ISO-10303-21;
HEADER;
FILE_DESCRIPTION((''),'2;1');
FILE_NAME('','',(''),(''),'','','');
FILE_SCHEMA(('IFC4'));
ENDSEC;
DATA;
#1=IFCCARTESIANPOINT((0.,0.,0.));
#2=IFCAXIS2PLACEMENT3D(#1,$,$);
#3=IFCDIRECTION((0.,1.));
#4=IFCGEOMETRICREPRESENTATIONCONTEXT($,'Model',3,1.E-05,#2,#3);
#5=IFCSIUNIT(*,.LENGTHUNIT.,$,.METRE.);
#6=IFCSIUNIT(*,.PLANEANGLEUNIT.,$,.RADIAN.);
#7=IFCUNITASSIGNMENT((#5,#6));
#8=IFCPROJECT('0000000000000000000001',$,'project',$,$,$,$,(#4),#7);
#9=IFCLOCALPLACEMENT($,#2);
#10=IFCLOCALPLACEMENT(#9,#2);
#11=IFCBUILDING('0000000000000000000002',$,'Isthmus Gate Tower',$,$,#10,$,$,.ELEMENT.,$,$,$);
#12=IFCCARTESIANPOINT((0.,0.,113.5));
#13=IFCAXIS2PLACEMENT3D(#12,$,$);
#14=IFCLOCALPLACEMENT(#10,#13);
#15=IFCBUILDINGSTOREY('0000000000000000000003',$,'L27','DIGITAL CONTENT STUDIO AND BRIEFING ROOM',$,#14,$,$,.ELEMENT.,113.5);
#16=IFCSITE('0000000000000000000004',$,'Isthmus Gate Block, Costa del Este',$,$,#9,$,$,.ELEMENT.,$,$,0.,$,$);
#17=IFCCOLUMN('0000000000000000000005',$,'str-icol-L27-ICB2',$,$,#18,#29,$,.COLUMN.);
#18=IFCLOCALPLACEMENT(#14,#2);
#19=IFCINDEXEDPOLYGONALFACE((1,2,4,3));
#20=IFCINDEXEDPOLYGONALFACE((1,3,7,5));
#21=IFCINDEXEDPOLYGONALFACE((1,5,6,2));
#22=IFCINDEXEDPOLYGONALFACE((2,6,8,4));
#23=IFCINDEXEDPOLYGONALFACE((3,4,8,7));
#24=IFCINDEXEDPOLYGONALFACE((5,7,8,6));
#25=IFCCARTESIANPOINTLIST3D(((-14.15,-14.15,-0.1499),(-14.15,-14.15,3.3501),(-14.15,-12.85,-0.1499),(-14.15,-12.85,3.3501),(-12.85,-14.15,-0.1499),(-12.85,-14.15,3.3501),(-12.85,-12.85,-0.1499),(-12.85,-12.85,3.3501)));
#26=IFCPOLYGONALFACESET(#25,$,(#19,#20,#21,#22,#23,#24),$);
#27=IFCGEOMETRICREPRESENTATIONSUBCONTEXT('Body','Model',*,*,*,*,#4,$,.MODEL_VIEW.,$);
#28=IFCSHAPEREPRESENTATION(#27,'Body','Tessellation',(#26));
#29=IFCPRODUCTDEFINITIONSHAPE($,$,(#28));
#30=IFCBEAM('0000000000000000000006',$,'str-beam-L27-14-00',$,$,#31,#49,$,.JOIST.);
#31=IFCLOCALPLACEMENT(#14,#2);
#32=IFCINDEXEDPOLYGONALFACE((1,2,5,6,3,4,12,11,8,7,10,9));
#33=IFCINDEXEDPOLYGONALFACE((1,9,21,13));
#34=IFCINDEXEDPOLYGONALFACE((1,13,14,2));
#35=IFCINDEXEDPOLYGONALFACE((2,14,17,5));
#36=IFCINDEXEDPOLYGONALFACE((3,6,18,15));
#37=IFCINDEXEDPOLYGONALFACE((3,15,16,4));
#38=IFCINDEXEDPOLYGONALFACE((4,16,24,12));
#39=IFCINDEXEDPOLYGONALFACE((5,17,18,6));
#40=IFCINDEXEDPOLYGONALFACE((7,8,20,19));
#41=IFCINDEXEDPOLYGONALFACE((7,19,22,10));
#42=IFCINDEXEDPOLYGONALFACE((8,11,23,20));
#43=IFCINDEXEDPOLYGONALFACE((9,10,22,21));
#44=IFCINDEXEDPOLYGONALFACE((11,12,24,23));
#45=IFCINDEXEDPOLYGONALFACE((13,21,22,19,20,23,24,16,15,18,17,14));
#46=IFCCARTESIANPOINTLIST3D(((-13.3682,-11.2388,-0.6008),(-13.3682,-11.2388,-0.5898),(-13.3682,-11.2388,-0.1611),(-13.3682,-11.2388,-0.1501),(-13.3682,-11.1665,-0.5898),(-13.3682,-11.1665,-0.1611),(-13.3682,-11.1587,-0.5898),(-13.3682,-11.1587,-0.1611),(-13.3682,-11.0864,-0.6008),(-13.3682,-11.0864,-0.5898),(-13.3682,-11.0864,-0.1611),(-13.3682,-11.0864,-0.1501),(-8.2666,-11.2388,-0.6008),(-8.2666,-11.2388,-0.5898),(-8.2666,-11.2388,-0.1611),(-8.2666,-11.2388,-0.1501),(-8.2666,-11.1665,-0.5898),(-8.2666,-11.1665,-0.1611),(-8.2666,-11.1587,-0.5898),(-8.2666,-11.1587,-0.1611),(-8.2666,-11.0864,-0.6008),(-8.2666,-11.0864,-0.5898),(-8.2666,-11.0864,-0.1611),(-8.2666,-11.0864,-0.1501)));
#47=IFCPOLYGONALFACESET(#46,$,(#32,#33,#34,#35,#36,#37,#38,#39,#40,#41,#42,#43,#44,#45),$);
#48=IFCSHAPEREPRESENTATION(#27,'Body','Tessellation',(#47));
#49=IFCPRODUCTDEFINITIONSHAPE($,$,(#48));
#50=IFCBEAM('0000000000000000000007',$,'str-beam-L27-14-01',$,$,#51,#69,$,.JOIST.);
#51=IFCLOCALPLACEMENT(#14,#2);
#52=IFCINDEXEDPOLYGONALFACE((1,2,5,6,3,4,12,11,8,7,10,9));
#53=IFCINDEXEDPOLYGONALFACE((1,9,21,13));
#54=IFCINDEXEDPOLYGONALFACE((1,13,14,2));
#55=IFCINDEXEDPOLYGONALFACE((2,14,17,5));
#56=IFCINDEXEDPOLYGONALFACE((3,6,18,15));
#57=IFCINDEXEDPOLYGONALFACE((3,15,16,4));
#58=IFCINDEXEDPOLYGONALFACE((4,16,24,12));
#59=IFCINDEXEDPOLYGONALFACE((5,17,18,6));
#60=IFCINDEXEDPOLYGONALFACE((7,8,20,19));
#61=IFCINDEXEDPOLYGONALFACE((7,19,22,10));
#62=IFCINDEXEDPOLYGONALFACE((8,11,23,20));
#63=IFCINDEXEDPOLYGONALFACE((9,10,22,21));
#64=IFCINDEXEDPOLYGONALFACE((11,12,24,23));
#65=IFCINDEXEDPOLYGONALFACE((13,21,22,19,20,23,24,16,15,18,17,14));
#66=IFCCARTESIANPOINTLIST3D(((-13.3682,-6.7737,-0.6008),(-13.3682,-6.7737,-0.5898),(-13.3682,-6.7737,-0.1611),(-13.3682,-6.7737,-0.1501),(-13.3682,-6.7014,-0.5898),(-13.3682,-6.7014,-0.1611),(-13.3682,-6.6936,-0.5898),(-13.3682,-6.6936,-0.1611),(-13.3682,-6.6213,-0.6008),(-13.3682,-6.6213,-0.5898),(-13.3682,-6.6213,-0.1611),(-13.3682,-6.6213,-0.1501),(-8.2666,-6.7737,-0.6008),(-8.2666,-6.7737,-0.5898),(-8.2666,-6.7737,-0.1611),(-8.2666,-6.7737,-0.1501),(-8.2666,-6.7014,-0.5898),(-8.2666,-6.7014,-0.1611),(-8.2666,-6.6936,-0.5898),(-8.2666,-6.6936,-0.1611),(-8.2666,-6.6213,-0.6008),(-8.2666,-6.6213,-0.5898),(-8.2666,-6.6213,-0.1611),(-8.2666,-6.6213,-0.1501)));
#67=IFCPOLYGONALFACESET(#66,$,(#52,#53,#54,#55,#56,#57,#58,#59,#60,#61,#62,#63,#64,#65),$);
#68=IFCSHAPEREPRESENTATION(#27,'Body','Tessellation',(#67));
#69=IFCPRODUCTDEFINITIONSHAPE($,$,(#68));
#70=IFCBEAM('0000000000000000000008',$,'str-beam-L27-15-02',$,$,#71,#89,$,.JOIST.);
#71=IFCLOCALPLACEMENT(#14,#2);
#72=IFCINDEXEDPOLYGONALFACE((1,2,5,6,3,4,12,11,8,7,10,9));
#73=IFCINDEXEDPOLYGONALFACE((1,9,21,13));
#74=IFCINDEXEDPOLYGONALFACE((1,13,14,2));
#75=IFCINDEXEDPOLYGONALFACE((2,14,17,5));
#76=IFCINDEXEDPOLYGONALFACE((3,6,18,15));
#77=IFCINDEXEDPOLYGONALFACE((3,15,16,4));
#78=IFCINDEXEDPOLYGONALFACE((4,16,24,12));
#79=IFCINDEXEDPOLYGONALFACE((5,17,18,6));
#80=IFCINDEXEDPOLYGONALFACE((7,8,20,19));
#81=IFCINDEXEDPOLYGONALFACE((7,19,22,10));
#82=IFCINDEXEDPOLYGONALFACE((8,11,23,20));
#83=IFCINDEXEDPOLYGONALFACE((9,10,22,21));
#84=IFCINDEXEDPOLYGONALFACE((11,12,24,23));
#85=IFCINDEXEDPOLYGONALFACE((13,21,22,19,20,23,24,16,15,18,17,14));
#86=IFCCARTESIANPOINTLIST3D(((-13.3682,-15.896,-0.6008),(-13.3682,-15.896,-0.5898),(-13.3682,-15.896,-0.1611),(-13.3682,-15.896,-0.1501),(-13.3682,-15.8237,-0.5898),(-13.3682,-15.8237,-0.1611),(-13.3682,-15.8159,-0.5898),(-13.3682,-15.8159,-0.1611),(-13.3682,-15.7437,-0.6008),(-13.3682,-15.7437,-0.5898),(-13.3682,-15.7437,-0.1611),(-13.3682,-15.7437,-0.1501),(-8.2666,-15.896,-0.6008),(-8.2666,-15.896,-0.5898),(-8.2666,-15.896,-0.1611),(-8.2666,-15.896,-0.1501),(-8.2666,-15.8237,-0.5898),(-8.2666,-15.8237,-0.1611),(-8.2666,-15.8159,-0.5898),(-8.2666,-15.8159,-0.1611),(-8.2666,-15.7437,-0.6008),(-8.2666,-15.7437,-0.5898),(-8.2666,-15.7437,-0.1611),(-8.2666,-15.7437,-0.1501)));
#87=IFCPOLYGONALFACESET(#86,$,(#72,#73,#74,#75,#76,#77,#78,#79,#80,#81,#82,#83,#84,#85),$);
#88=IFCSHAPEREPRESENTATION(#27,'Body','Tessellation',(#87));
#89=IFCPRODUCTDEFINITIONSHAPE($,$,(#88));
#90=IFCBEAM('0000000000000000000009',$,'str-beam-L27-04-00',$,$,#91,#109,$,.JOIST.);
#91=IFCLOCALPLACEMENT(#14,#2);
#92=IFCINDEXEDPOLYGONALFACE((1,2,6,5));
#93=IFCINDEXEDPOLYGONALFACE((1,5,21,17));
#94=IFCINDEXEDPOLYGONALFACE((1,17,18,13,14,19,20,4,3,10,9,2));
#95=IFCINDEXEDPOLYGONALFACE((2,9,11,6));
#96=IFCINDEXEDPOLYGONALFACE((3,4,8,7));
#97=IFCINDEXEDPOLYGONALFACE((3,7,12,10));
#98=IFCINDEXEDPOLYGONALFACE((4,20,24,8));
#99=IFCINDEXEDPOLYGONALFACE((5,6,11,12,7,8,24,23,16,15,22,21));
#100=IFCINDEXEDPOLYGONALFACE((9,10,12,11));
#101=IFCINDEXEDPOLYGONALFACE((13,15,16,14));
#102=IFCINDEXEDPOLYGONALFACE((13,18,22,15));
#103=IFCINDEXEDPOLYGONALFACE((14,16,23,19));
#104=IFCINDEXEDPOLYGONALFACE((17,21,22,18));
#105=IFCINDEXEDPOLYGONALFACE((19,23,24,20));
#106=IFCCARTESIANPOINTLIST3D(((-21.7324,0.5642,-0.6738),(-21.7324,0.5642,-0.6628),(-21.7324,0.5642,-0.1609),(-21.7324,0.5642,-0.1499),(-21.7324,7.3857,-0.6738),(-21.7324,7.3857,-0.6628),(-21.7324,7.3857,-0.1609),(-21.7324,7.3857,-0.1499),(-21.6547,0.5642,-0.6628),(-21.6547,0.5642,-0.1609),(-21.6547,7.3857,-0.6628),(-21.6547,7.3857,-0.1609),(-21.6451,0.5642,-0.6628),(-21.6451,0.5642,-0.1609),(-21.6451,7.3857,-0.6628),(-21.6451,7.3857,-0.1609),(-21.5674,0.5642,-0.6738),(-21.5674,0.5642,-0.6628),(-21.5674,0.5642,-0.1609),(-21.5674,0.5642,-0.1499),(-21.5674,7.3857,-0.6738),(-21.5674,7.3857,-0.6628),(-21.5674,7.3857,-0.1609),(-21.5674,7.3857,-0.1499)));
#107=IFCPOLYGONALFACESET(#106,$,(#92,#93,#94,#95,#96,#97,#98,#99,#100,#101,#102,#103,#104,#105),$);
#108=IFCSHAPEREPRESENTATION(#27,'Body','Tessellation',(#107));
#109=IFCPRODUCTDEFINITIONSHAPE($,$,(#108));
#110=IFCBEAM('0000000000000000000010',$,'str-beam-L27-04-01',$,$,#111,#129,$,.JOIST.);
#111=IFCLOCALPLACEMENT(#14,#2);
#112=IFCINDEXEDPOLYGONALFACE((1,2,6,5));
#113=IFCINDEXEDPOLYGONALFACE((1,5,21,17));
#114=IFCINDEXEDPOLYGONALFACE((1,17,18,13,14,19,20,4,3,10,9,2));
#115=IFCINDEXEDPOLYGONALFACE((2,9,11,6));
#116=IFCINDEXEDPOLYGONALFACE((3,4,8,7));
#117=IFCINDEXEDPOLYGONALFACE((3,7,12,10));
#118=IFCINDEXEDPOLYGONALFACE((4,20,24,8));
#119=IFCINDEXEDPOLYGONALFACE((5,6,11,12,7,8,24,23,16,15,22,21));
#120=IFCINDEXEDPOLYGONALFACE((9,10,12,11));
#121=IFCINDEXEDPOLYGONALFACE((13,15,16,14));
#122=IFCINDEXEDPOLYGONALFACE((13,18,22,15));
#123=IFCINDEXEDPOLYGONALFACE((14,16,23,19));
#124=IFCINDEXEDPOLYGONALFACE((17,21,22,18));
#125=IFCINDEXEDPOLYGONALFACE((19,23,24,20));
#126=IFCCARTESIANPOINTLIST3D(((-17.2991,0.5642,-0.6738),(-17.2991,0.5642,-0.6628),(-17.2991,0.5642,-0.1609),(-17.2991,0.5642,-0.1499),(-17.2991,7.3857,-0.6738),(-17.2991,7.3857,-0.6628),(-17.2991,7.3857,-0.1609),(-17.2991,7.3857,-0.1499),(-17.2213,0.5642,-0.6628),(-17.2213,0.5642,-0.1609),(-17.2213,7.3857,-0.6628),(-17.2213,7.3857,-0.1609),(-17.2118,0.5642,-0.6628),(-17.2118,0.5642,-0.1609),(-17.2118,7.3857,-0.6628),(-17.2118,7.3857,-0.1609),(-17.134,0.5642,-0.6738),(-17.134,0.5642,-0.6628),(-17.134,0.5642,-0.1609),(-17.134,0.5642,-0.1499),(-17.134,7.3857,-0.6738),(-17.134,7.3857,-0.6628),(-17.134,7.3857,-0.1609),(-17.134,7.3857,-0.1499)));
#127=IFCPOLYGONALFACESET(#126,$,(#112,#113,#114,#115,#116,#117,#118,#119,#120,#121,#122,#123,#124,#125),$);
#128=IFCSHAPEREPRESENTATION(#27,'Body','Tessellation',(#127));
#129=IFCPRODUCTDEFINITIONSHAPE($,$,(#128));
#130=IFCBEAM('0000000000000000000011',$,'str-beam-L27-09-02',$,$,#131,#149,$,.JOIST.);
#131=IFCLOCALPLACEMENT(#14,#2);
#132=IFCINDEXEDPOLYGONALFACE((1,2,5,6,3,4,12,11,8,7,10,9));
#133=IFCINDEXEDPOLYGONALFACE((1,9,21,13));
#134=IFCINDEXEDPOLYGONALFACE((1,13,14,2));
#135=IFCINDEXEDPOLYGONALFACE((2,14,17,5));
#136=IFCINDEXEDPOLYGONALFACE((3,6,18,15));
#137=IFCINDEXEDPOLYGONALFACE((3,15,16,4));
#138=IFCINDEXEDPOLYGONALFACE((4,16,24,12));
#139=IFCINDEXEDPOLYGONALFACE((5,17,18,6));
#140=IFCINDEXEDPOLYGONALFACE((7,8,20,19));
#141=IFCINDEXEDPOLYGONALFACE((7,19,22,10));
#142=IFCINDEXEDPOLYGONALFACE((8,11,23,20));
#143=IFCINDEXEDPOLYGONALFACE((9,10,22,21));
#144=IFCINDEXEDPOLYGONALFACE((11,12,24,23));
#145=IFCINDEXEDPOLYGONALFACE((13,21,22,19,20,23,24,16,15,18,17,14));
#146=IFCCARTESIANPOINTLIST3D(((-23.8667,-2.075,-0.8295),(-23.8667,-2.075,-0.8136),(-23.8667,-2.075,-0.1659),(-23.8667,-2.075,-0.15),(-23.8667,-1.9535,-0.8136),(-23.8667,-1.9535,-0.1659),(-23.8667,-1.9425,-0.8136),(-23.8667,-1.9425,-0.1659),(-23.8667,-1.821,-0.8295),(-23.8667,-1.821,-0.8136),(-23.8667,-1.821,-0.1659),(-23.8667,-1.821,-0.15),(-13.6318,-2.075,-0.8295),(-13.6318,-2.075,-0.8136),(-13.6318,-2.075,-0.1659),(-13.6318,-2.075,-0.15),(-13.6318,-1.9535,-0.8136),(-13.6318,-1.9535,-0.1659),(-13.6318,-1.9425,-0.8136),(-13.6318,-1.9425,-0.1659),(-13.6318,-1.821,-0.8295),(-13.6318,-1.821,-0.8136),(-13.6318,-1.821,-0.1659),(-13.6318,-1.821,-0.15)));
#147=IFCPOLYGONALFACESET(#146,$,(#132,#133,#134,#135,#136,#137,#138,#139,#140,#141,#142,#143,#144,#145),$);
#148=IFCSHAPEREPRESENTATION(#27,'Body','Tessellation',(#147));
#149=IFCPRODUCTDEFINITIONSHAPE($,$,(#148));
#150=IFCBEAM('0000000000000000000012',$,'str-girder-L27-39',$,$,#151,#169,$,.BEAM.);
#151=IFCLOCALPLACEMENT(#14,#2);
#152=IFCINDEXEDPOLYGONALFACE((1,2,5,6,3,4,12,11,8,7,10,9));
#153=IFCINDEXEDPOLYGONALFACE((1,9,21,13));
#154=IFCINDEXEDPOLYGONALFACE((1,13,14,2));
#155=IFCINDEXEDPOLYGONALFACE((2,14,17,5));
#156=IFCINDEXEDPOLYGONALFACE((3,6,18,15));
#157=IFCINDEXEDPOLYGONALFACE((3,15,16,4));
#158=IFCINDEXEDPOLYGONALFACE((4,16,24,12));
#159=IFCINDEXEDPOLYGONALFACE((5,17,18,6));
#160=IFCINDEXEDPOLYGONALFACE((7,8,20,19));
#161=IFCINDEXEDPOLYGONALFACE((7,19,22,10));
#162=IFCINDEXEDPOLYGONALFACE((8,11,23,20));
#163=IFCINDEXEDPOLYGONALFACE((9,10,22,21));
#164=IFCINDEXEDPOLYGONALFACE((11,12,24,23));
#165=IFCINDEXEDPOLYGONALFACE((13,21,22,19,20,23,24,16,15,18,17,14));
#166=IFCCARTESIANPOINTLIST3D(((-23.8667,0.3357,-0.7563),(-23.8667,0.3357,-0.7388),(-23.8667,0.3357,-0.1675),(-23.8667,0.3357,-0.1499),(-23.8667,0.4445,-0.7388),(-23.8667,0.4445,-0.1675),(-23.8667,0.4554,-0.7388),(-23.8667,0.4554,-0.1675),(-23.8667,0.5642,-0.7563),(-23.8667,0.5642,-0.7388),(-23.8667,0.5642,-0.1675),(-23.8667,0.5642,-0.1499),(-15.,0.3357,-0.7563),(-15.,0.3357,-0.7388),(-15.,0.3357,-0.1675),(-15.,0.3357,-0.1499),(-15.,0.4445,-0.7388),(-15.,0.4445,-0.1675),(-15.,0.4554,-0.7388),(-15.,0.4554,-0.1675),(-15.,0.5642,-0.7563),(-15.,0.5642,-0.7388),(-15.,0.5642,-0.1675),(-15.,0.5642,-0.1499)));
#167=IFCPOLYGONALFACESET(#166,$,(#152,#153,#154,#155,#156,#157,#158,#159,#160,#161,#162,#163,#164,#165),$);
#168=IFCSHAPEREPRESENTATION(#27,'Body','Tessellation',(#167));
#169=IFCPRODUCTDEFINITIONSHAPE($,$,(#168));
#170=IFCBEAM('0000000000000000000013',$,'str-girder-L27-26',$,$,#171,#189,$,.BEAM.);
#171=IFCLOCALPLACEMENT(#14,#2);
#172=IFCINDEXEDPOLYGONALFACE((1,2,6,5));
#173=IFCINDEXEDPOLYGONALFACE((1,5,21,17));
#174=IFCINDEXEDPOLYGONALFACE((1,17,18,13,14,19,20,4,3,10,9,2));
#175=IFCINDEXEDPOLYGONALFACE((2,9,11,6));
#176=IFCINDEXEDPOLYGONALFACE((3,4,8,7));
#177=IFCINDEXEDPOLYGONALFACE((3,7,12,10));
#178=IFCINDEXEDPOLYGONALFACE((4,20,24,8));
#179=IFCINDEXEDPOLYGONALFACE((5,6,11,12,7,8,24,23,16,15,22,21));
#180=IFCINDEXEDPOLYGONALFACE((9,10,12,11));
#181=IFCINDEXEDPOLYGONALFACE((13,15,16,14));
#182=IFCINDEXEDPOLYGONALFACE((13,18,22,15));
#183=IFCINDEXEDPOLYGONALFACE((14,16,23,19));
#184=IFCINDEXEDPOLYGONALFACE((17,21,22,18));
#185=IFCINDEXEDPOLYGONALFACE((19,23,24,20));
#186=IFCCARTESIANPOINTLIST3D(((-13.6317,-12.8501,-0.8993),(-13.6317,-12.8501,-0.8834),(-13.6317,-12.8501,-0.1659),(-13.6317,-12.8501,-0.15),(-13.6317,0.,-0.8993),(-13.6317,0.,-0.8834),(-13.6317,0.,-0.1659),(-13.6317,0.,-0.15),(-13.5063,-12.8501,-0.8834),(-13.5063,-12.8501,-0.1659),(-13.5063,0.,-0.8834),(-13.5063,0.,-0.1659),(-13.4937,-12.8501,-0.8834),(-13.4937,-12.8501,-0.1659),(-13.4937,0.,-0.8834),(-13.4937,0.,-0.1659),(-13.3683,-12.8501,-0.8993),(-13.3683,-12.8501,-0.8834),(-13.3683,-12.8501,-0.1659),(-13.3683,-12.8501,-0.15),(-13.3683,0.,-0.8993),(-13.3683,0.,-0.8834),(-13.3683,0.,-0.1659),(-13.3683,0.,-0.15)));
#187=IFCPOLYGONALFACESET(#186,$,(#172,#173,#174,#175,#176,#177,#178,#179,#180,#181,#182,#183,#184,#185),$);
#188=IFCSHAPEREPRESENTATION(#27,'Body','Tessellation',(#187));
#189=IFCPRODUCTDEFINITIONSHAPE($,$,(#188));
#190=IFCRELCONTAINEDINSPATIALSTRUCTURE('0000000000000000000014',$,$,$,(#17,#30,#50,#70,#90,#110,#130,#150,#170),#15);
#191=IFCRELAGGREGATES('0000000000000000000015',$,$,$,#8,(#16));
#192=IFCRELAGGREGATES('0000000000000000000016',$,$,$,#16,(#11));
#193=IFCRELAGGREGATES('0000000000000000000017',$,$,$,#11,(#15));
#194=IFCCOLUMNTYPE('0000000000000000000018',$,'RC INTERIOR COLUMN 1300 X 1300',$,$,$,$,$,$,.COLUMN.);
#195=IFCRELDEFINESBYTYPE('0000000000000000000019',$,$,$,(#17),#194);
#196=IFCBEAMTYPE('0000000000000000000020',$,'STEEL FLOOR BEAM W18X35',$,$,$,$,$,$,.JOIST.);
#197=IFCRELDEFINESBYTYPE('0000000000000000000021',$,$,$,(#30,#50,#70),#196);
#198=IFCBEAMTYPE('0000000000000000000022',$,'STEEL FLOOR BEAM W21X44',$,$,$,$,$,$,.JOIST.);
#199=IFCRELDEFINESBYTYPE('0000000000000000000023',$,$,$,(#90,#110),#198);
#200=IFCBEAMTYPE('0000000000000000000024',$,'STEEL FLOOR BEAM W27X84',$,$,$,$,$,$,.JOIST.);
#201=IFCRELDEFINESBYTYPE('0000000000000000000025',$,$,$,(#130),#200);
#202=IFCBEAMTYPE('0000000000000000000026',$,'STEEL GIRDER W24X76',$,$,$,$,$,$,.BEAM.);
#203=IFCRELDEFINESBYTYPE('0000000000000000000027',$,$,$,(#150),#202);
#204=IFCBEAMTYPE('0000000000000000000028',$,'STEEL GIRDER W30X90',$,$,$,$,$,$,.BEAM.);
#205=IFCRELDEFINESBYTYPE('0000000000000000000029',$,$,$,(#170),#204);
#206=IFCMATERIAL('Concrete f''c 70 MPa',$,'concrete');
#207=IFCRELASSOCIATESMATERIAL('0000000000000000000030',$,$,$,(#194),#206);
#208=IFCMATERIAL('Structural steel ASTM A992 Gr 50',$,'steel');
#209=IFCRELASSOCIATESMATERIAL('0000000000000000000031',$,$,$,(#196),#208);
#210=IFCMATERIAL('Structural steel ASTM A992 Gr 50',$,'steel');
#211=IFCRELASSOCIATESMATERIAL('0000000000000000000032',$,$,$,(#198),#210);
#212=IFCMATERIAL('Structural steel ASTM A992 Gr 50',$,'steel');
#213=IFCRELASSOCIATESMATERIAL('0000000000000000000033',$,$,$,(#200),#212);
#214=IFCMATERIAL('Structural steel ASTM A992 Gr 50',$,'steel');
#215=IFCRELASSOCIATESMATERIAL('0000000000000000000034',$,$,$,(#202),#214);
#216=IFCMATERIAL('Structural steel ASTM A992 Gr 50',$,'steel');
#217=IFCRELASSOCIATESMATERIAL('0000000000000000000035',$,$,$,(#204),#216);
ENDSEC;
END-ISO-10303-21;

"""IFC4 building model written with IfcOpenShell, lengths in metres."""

from ifc_helpers import new_model, si_unit, direction, frame, origin, origin_2d, place, context, subcontext, project, spatial, rectangle, i_section, extrude, material, material_profile, profile_set, type_object, element, save


model = new_model("IFC4")

# Units and contexts
model_context = context("Model", 3, precision=1e-05, world=origin(), true_north=direction((0.0, 1.0)))
body_context = subcontext(model_context, "Body", "Model", "MODEL_VIEW")
ifc_project = project(units=[si_unit("LENGTHUNIT", "METRE"), si_unit("PLANEANGLEUNIT", "RADIAN")], contexts=[model_context])

# Site, building, storey
site_placement = place(None, origin())
site = spatial("IfcSite", under=ifc_project, at=site_placement, Name="Isthmus Gate Block, Costa del Este", CompositionType="ELEMENT", RefElevation=0.0)
building_placement = place(site_placement, origin())
building = spatial("IfcBuilding", under=site, at=building_placement, Name="Isthmus Gate Tower", CompositionType="ELEMENT")
storey_placement = place(building_placement, frame((0.0, 0.0, 113.5)))
storey = spatial("IfcBuildingStorey", under=building, at=storey_placement, Name="L27", Description="DIGITAL CONTENT STUDIO AND BRIEFING ROOM", CompositionType="ELEMENT", Elevation=113.5)

# Column
ifc_material_1 = material(Name="Concrete f'c 70 MPa", Category="concrete")
ifc_material_profile_1 = material_profile(ifc_material_1, rectangle(XDim=1.3, YDim=1.3, at=origin_2d()), Name="RC 1300X1300")
ifc_profile_set_1 = profile_set([ifc_material_profile_1], Name="Concrete f'c 70 MPa")
column_type = type_object("IfcColumnType", Name="RC INTERIOR COLUMN 1300 X 1300", PredefinedType="COLUMN", material=ifc_profile_set_1)
column_placement = place(storey_placement, frame((-13.5, -13.5, -0.1499), z_axis=(0.0, 0.0, 1.0), x_axis=(1.0, 0.0, 0.0)))
element("IfcColumn", 1, at=column_placement, inside=storey, type_object=column_type, Name="str-icol-L27-ICB2", PredefinedType="COLUMN", context=body_context, shape_type="SweptSolid", body=[
    extrude(rectangle(XDim=1.3, YDim=1.3, at=origin_2d()), origin(), (0.0, 0.0, 1.0), 3.5),
])

# Beams
ifc_material_2 = material(Name="Structural steel ASTM A992 Gr 50", Category="steel")
ifc_material_profile_2 = material_profile(ifc_material_2, i_section(OverallWidth=0.1523, OverallDepth=0.4507, WebThickness=0.0078, FlangeThickness=0.011, at=origin_2d()), Name="W18X35")
ifc_profile_set_2 = profile_set([ifc_material_profile_2], Name="Structural steel ASTM A992 Gr 50")
beam_type_1 = type_object("IfcBeamType", Name="STEEL FLOOR BEAM W18X35", PredefinedType="JOIST", material=ifc_profile_set_2)
for number, where, z_axis, x_axis, name in (
    (2, (-13.3682, -11.1626, -0.3755), (1.0, 0.0, 0.0), (0.0, 1.0, 0.0), "str-beam-L27-14-00"),
    (3, (-13.3682, -6.6975, -0.3755), (1.0, 0.0, 0.0), (0.0, 1.0, 0.0), "str-beam-L27-14-01"),
    (4, (-13.3682, -15.8198, -0.3755), (1.0, 0.0, 0.0), (0.0, 1.0, 0.0), "str-beam-L27-15-02"),
):
    element("IfcBeam", number, at=place(storey_placement, frame(where, z_axis=z_axis, x_axis=x_axis)), inside=storey, type_object=beam_type_1, Name=name, PredefinedType="JOIST", context=body_context, shape_type="SweptSolid", body=[
        extrude(i_section(OverallWidth=0.1523, OverallDepth=0.4507, WebThickness=0.0078, FlangeThickness=0.011, at=origin_2d()), origin(), (0.0, 0.0, 1.0), 5.1016),
    ])
ifc_material_3 = material(Name="Structural steel ASTM A992 Gr 50", Category="steel")
ifc_material_profile_3 = material_profile(ifc_material_3, i_section(OverallWidth=0.165, OverallDepth=0.5239, WebThickness=0.0095, FlangeThickness=0.011, at=origin_2d()), Name="W21X44")
ifc_profile_set_3 = profile_set([ifc_material_profile_3], Name="Structural steel ASTM A992 Gr 50")
beam_type_2 = type_object("IfcBeamType", Name="STEEL FLOOR BEAM W21X44", PredefinedType="JOIST", material=ifc_profile_set_3)
for number, where, z_axis, x_axis, name in (
    (5, (-21.6499, 0.5642, -0.4119), (0.0, 1.0, 0.0), (-1.0, 0.0, 0.0), "str-beam-L27-04-00"),
    (6, (-17.2166, 0.5642, -0.4119), (0.0, 1.0, 0.0), (-1.0, 0.0, 0.0), "str-beam-L27-04-01"),
):
    element("IfcBeam", number, at=place(storey_placement, frame(where, z_axis=z_axis, x_axis=x_axis)), inside=storey, type_object=beam_type_2, Name=name, PredefinedType="JOIST", context=body_context, shape_type="SweptSolid", body=[
        extrude(i_section(OverallWidth=0.165, OverallDepth=0.5239, WebThickness=0.0095, FlangeThickness=0.011, at=origin_2d()), origin(), (0.0, 0.0, 1.0), 6.8215),
    ])
ifc_material_4 = material(Name="Structural steel ASTM A992 Gr 50", Category="steel")
ifc_material_profile_4 = material_profile(ifc_material_4, i_section(OverallWidth=0.2539, OverallDepth=0.6794, WebThickness=0.011, FlangeThickness=0.0159, at=origin_2d()), Name="W27X84")
ifc_profile_set_4 = profile_set([ifc_material_profile_4], Name="Structural steel ASTM A992 Gr 50")
beam_type_3 = type_object("IfcBeamType", Name="STEEL FLOOR BEAM W27X84", PredefinedType="JOIST", material=ifc_profile_set_4)
beam_1_placement = place(storey_placement, frame((-23.8667, -1.948, -0.4897), z_axis=(1.0, 0.0, 0.0), x_axis=(0.0, 1.0, 0.0)))
element("IfcBeam", 7, at=beam_1_placement, inside=storey, type_object=beam_type_3, Name="str-beam-L27-09-02", PredefinedType="JOIST", context=body_context, shape_type="SweptSolid", body=[
    extrude(i_section(OverallWidth=0.2539, OverallDepth=0.6794, WebThickness=0.011, FlangeThickness=0.0159, at=origin_2d()), origin(), (0.0, 0.0, 1.0), 10.2349),
])
ifc_material_5 = material(Name="Structural steel ASTM A992 Gr 50", Category="steel")
ifc_material_profile_5 = material_profile(ifc_material_5, i_section(OverallWidth=0.2285, OverallDepth=0.6064, WebThickness=0.011, FlangeThickness=0.0176, at=origin_2d()), Name="W24X76")
ifc_profile_set_5 = profile_set([ifc_material_profile_5], Name="Structural steel ASTM A992 Gr 50")
beam_type_4 = type_object("IfcBeamType", Name="STEEL GIRDER W24X76", PredefinedType="BEAM", material=ifc_profile_set_5)
beam_2_placement = place(storey_placement, frame((-15.0, 0.45, -0.4531), z_axis=(-1.0, 0.0, 0.0), x_axis=(0.0, -1.0, 0.0)))
element("IfcBeam", 8, at=beam_2_placement, inside=storey, type_object=beam_type_4, Name="str-girder-L27-39", PredefinedType="BEAM", context=body_context, shape_type="SweptSolid", body=[
    extrude(i_section(OverallWidth=0.2285, OverallDepth=0.6064, WebThickness=0.011, FlangeThickness=0.0176, at=origin_2d()), origin(), (0.0, 0.0, 1.0), 8.8667),
])
ifc_material_6 = material(Name="Structural steel ASTM A992 Gr 50", Category="steel")
ifc_material_profile_6 = material_profile(ifc_material_6, i_section(OverallWidth=0.2634, OverallDepth=0.7493, WebThickness=0.0127, FlangeThickness=0.0159, at=origin_2d()), Name="W30X90")
ifc_profile_set_6 = profile_set([ifc_material_profile_6], Name="Structural steel ASTM A992 Gr 50")
beam_type_5 = type_object("IfcBeamType", Name="STEEL GIRDER W30X90", PredefinedType="BEAM", material=ifc_profile_set_6)
beam_3_placement = place(storey_placement, frame((-13.5, -12.8501, -0.5247), z_axis=(0.0, 1.0, 0.0), x_axis=(-1.0, 0.0, 0.0)))
element("IfcBeam", 9, at=beam_3_placement, inside=storey, type_object=beam_type_5, Name="str-girder-L27-26", PredefinedType="BEAM", context=body_context, shape_type="SweptSolid", body=[
    extrude(i_section(OverallWidth=0.2634, OverallDepth=0.7493, WebThickness=0.0127, FlangeThickness=0.0159, at=origin_2d()), origin(), (0.0, 0.0, 1.0), 12.8501),
])

save(model, "model.ifc")
